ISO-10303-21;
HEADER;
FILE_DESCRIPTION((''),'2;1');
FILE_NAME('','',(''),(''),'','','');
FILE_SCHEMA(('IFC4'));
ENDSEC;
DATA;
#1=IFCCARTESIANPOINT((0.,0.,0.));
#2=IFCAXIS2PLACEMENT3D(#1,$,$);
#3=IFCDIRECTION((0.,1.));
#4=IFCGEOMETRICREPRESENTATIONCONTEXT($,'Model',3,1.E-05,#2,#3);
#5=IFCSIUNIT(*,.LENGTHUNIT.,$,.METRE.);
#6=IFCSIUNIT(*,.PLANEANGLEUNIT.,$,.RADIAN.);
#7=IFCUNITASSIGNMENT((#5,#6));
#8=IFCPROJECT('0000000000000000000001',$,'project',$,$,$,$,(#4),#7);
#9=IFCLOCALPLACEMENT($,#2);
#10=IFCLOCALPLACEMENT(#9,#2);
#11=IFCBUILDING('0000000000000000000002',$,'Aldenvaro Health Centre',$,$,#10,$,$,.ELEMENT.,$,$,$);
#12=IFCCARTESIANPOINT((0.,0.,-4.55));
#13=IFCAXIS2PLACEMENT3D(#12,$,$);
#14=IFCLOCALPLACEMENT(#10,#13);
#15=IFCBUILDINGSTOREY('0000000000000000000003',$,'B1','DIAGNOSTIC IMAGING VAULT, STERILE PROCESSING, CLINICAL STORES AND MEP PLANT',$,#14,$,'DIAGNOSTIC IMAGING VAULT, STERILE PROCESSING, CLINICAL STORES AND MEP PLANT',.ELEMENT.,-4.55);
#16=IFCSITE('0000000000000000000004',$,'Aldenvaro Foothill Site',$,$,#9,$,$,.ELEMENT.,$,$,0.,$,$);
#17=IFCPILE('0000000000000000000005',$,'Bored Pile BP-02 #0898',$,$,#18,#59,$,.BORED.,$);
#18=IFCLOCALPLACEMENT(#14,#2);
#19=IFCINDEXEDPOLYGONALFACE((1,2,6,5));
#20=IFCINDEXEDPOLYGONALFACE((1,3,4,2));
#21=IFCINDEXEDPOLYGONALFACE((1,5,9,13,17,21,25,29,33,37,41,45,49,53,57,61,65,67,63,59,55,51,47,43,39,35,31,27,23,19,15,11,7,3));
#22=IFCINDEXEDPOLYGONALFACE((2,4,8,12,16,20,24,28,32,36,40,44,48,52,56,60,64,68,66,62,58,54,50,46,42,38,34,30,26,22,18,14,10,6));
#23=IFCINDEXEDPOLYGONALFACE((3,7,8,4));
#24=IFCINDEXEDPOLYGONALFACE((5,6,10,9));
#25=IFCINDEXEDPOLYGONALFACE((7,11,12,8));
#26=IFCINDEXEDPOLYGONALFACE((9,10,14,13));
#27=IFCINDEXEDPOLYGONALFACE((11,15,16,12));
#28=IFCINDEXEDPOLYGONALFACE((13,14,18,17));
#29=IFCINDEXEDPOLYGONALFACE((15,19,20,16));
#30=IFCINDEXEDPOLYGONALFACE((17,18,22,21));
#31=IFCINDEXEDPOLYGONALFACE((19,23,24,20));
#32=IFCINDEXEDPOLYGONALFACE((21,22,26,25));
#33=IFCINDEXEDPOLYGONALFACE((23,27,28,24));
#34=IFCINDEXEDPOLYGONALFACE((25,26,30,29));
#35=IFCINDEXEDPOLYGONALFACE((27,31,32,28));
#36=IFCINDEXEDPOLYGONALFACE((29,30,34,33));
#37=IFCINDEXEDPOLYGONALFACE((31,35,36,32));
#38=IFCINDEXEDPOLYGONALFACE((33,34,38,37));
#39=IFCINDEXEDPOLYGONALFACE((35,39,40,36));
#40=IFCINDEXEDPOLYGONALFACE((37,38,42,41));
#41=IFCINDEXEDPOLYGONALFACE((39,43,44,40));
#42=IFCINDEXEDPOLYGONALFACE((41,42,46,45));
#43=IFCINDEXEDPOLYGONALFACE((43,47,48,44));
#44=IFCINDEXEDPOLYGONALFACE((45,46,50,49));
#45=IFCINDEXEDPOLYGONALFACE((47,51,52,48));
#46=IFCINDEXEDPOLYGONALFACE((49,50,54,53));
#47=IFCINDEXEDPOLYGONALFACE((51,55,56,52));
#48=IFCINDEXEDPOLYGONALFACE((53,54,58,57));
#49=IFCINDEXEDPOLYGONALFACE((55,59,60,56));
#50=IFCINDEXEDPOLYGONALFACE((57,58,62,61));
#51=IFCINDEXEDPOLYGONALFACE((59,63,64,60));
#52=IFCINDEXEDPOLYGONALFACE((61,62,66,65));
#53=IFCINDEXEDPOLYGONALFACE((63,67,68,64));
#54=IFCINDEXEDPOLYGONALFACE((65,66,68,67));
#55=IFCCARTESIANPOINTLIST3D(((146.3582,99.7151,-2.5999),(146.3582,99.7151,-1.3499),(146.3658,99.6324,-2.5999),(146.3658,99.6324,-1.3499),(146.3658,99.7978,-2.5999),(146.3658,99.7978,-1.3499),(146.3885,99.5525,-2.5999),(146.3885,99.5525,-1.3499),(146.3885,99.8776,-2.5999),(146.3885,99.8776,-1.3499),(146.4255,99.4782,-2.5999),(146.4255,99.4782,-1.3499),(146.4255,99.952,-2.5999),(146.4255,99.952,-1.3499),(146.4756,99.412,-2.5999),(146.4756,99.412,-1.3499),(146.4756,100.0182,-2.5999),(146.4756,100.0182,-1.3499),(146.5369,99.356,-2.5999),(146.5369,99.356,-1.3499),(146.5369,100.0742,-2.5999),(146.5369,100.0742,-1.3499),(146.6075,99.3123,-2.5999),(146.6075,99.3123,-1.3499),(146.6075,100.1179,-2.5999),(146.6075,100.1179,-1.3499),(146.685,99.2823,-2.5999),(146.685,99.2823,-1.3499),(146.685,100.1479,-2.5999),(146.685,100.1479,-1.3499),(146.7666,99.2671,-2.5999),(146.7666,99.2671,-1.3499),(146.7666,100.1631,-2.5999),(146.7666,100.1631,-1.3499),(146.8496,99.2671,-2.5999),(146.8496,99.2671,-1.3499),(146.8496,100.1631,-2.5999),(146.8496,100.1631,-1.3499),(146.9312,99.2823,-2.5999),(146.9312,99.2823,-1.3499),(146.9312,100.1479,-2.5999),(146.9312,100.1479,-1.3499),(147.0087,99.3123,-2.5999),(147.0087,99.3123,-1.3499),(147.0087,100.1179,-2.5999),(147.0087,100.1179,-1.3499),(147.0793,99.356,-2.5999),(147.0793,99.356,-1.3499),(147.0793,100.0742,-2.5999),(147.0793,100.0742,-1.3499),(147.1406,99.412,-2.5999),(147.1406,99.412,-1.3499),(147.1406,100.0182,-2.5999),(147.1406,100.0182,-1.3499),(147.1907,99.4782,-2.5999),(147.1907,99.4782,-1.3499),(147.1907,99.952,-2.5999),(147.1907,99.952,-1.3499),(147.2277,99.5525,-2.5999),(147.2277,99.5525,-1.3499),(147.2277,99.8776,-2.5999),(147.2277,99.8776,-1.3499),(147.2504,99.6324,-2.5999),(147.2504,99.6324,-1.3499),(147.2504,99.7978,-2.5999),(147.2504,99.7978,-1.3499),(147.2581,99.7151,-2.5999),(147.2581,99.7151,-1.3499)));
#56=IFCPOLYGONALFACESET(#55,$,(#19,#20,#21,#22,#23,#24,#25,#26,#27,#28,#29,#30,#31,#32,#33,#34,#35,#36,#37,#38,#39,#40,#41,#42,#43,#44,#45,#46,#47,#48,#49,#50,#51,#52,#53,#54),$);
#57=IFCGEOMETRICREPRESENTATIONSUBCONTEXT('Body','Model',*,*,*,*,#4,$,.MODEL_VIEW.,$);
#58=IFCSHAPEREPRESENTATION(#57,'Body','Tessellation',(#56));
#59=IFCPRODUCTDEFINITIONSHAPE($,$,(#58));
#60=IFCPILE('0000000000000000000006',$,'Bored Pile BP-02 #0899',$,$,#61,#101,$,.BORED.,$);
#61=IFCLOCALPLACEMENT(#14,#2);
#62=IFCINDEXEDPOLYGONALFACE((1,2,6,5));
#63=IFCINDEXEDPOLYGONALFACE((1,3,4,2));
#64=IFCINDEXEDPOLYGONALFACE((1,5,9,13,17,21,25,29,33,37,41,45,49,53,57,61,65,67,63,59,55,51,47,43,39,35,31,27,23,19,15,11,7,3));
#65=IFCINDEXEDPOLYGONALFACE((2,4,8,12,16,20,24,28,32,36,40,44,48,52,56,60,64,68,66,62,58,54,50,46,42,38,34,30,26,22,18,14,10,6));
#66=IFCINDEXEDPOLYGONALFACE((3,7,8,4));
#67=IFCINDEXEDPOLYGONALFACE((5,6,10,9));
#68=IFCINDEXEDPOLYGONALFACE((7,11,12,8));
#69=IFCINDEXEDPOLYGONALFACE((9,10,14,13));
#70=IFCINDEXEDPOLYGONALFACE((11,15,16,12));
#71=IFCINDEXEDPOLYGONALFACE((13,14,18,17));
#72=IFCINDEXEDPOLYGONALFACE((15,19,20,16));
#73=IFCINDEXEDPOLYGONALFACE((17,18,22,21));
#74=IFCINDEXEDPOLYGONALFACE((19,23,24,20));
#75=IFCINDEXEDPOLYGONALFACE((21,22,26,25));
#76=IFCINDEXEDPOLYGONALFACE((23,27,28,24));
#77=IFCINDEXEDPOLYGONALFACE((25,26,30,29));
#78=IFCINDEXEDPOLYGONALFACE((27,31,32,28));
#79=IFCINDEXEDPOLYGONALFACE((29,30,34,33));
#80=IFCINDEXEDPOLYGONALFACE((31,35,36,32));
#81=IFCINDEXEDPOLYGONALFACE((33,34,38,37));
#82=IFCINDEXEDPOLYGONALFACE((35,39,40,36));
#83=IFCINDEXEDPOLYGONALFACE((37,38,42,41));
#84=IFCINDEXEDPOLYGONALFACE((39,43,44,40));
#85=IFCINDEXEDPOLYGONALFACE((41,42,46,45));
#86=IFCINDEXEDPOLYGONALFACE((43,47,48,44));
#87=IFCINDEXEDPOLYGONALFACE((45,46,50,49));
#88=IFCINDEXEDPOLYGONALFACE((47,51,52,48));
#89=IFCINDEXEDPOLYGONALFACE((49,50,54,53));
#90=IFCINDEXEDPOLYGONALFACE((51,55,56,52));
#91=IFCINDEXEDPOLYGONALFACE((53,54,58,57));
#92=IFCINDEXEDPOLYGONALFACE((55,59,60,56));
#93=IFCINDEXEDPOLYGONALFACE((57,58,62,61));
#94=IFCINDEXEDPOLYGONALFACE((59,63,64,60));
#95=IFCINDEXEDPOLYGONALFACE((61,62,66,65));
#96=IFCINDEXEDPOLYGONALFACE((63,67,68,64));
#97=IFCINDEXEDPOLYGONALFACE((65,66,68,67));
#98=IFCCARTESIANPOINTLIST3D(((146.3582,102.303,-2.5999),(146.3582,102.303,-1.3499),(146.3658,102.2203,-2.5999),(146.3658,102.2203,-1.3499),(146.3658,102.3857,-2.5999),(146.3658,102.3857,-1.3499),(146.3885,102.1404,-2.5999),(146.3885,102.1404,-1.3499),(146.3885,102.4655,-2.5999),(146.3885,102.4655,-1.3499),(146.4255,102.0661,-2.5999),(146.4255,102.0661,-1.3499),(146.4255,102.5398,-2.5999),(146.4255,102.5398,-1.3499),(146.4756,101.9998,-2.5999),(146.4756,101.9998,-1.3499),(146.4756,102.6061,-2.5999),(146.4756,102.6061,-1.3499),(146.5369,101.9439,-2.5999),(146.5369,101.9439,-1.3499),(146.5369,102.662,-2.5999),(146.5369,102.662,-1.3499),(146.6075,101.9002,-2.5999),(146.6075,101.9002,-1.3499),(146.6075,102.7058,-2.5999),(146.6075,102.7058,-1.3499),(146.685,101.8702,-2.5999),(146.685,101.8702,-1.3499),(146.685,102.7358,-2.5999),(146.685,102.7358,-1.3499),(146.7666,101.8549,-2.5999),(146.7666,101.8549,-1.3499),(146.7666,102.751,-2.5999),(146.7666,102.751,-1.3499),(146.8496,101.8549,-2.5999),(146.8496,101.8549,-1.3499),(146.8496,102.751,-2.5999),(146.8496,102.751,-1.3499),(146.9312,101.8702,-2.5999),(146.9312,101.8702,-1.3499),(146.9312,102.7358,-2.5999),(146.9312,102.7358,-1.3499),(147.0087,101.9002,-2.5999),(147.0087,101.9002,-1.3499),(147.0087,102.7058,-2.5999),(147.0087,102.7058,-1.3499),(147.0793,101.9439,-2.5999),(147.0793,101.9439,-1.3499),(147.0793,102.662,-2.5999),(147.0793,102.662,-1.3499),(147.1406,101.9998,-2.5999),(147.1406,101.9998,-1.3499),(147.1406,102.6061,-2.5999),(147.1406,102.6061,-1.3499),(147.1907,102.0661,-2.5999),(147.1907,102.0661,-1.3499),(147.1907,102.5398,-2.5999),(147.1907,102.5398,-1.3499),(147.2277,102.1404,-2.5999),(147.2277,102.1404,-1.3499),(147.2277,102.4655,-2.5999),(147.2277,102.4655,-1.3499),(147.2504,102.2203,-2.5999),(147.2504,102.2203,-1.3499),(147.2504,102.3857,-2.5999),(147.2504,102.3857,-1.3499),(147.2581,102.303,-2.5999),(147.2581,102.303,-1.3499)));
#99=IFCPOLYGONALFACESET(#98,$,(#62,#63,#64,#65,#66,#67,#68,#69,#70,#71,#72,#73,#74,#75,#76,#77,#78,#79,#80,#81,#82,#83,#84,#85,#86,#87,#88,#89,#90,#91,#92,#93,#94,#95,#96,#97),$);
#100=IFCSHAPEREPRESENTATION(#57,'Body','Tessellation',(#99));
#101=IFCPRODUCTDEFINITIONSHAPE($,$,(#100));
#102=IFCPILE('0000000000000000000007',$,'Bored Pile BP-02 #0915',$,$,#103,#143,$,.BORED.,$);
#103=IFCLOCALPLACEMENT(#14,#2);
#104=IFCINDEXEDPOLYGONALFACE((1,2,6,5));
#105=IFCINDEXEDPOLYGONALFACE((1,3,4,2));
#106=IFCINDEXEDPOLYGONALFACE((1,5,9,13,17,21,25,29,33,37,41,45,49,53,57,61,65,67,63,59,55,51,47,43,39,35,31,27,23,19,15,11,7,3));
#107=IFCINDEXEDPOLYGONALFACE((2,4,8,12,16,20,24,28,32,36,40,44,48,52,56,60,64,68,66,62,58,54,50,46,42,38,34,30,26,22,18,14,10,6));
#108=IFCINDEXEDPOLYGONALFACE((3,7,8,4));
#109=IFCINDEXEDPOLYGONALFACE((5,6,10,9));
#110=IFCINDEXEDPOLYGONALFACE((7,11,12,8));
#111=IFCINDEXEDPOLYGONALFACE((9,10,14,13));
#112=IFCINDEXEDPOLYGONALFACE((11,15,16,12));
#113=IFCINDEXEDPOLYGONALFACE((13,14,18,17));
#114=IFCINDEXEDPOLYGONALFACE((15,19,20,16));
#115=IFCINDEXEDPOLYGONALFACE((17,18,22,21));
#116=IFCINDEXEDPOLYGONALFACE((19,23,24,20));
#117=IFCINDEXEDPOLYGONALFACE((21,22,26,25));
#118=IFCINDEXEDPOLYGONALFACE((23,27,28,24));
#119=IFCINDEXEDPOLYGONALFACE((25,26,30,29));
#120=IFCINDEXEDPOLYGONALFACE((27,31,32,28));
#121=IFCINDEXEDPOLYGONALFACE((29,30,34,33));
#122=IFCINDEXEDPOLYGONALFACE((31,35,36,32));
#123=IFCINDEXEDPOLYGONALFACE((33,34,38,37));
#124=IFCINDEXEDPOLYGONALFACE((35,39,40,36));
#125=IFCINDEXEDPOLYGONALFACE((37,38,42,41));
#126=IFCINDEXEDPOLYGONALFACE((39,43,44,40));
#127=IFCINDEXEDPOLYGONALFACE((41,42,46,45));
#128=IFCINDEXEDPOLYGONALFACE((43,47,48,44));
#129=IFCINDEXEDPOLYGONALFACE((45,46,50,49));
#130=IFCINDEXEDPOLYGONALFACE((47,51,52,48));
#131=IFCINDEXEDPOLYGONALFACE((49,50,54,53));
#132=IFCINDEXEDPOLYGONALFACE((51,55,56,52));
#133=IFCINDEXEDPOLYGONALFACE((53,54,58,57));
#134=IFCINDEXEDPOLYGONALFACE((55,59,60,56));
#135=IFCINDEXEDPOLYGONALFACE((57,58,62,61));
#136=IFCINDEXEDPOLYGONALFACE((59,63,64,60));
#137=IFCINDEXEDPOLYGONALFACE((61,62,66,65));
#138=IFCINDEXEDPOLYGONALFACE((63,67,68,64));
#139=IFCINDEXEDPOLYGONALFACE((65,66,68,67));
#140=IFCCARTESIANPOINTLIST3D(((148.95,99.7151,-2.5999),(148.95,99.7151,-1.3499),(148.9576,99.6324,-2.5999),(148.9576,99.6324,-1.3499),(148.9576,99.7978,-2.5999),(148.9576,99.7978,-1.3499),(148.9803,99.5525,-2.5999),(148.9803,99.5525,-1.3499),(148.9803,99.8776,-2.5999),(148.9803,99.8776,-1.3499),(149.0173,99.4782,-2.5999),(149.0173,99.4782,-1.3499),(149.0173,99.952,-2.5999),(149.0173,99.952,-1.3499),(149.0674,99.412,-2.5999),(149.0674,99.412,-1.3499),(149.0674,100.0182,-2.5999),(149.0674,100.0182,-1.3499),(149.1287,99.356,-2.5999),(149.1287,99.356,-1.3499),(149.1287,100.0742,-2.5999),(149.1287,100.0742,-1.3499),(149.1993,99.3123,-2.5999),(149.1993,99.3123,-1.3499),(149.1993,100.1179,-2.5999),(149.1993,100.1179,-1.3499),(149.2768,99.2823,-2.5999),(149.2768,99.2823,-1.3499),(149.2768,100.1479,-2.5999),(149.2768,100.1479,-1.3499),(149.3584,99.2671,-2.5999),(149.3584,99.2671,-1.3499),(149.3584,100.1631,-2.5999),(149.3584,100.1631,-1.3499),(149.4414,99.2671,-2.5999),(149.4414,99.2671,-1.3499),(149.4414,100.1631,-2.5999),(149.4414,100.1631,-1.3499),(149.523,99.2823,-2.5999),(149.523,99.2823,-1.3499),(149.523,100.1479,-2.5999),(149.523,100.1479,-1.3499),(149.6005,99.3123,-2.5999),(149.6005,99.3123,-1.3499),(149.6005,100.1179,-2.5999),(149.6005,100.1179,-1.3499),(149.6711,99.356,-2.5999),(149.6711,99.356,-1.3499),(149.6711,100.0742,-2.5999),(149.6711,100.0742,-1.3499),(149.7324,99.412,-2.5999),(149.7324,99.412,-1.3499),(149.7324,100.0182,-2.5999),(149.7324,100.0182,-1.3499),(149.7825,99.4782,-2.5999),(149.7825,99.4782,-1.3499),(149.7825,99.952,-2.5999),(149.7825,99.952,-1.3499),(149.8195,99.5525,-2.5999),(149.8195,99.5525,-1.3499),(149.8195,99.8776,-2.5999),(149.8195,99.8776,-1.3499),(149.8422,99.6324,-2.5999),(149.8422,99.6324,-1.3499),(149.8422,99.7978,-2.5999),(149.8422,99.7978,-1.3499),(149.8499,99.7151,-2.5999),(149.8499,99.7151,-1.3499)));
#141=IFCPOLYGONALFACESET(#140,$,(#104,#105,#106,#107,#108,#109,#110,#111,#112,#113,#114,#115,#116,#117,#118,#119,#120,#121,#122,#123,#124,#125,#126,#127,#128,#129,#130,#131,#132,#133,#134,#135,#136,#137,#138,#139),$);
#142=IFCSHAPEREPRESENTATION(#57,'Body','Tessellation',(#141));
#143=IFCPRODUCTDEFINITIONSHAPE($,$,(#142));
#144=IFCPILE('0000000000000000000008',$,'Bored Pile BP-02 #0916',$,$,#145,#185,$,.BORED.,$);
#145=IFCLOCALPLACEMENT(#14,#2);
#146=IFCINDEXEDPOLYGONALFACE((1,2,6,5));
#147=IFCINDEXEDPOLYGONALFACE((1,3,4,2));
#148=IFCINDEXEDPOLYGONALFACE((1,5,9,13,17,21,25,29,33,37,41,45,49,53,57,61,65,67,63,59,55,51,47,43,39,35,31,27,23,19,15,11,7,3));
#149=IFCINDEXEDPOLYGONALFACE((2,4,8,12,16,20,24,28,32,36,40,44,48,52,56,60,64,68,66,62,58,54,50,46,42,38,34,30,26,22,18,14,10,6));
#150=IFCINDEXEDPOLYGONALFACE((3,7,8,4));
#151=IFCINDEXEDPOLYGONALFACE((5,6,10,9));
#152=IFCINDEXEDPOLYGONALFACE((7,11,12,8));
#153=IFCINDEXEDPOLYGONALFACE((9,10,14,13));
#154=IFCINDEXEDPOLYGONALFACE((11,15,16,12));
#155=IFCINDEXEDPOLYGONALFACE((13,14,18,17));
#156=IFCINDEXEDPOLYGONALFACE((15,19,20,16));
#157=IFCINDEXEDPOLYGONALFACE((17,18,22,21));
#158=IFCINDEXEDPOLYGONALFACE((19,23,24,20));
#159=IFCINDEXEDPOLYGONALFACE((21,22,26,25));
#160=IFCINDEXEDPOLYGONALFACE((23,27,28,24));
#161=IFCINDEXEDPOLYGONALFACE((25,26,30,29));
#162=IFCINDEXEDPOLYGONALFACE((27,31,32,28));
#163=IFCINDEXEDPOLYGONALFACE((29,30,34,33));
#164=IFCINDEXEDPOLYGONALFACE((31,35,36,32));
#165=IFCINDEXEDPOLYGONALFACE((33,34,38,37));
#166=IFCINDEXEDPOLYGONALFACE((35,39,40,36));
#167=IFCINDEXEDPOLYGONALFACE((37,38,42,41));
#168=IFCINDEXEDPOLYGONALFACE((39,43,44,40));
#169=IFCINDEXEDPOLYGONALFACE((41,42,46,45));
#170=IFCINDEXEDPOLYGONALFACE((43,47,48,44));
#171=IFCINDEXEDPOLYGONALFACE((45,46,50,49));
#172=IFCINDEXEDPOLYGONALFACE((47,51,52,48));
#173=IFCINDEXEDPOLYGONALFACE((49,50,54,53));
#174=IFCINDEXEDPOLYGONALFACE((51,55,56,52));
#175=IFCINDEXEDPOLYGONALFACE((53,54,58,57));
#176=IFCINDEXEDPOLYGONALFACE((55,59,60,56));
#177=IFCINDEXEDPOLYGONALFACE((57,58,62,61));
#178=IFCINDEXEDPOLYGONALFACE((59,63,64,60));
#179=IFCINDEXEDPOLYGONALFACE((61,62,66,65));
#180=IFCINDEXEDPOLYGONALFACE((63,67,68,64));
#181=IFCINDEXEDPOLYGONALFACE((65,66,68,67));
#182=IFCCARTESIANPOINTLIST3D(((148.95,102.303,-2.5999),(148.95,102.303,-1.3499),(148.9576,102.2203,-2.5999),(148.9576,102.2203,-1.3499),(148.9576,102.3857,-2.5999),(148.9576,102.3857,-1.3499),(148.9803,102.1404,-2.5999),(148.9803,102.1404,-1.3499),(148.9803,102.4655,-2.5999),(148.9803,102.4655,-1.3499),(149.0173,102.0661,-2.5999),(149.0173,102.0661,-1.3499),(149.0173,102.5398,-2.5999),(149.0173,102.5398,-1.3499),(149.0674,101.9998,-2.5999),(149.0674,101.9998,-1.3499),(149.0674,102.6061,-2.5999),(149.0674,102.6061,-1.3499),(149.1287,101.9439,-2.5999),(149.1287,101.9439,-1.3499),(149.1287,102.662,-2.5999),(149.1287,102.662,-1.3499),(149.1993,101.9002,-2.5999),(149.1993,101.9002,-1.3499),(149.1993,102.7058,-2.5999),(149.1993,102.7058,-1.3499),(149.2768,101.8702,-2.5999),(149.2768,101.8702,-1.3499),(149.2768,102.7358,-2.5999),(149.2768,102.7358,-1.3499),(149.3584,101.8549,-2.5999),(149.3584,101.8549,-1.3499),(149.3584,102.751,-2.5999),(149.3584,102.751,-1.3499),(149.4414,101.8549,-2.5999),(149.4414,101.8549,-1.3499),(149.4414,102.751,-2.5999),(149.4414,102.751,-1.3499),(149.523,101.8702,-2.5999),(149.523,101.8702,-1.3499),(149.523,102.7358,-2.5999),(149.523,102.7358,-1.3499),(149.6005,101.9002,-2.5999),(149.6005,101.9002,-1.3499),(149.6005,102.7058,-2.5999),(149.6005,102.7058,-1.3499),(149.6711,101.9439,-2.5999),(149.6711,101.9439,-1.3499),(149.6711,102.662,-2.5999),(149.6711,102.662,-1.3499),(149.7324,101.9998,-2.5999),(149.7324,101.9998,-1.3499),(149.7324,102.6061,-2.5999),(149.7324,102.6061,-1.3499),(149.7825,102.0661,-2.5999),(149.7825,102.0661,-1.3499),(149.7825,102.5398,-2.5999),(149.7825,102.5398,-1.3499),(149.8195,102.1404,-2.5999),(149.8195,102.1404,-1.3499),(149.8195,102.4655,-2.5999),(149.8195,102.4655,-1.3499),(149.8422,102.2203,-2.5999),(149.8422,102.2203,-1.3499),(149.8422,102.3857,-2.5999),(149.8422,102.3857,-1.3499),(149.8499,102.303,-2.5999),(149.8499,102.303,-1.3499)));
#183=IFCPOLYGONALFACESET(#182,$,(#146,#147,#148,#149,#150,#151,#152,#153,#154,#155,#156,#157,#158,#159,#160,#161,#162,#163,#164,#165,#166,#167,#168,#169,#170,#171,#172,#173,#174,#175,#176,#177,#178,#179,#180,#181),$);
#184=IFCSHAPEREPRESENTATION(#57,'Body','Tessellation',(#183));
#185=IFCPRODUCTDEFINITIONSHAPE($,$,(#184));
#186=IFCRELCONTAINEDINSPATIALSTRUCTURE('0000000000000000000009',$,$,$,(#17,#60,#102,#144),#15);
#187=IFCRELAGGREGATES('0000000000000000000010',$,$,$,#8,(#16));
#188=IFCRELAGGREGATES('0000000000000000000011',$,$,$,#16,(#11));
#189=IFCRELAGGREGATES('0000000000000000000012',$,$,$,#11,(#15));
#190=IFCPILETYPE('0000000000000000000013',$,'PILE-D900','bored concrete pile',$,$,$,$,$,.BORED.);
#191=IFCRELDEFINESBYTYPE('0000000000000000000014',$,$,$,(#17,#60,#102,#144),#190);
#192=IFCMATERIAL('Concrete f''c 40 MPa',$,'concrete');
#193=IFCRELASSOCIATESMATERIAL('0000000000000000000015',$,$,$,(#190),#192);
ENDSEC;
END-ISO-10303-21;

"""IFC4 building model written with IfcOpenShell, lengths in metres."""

from ifc_helpers import new_model, si_unit, direction, frame, origin, origin_2d, place, context, subcontext, project, spatial, circle, extrude, material, material_profile, profile_set, type_object, element, save


model = new_model("IFC4")

# Units and contexts
model_context = context("Model", 3, precision=1e-05, world=origin(), true_north=direction((0.0, 1.0)))
body_context = subcontext(model_context, "Body", "Model", "MODEL_VIEW")
ifc_project = project(units=[si_unit("LENGTHUNIT", "METRE"), si_unit("PLANEANGLEUNIT", "RADIAN")], contexts=[model_context])

# Site, building, storey
site_placement = place(None, origin())
site = spatial("IfcSite", under=ifc_project, at=site_placement, Name="Aldenvaro Foothill Site", CompositionType="ELEMENT", RefElevation=0.0)
building_placement = place(site_placement, origin())
building = spatial("IfcBuilding", under=site, at=building_placement, Name="Aldenvaro Health Centre", CompositionType="ELEMENT")
storey_placement = place(building_placement, frame((0.0, 0.0, -4.55)))
storey = spatial("IfcBuildingStorey", under=building, at=storey_placement, Name="B1", Description="DIAGNOSTIC IMAGING VAULT, STERILE PROCESSING, CLINICAL STORES AND MEP PLANT", LongName="DIAGNOSTIC IMAGING VAULT, STERILE PROCESSING, CLINICAL STORES AND MEP PLANT", CompositionType="ELEMENT", Elevation=-4.55)

# Piles
ifc_material_1 = material(Name="Concrete f'c 40 MPa", Category="concrete")
ifc_material_profile_1 = material_profile(ifc_material_1, circle(Radius=0.45, at=origin_2d()), Name="PILE D900", Category="concrete")
ifc_profile_set_1 = profile_set([ifc_material_profile_1], Name="Concrete f'c 40 MPa")
pile_type = type_object("IfcPileType", Name="PILE-D900", Description="bored concrete pile", PredefinedType="BORED", material=ifc_profile_set_1)
for number, where, z_axis, x_axis, name in (
    (1, (146.8081, 99.7151, -1.3499), (0.0, 0.0, -1.0), (1.0, 0.0, 0.0), "Bored Pile BP-02 #0898"),
    (2, (146.8081, 102.303, -1.3499), (0.0, 0.0, -1.0), (1.0, 0.0, 0.0), "Bored Pile BP-02 #0899"),
    (3, (149.3999, 99.7151, -1.3499), (0.0, 0.0, -1.0), (1.0, 0.0, 0.0), "Bored Pile BP-02 #0915"),
    (4, (149.3999, 102.303, -1.3499), (0.0, 0.0, -1.0), (1.0, 0.0, 0.0), "Bored Pile BP-02 #0916"),
):
    element("IfcPile", number, at=place(storey_placement, frame(where, z_axis=z_axis, x_axis=x_axis)), inside=storey, type_object=pile_type, Name=name, PredefinedType="BORED", context=body_context, shape_type="SweptSolid", body=[
        extrude(circle(Radius=0.45, at=origin_2d()), origin(), (0.0, 0.0, 1.0), 1.25),
    ])

save(model, "model.ifc")
